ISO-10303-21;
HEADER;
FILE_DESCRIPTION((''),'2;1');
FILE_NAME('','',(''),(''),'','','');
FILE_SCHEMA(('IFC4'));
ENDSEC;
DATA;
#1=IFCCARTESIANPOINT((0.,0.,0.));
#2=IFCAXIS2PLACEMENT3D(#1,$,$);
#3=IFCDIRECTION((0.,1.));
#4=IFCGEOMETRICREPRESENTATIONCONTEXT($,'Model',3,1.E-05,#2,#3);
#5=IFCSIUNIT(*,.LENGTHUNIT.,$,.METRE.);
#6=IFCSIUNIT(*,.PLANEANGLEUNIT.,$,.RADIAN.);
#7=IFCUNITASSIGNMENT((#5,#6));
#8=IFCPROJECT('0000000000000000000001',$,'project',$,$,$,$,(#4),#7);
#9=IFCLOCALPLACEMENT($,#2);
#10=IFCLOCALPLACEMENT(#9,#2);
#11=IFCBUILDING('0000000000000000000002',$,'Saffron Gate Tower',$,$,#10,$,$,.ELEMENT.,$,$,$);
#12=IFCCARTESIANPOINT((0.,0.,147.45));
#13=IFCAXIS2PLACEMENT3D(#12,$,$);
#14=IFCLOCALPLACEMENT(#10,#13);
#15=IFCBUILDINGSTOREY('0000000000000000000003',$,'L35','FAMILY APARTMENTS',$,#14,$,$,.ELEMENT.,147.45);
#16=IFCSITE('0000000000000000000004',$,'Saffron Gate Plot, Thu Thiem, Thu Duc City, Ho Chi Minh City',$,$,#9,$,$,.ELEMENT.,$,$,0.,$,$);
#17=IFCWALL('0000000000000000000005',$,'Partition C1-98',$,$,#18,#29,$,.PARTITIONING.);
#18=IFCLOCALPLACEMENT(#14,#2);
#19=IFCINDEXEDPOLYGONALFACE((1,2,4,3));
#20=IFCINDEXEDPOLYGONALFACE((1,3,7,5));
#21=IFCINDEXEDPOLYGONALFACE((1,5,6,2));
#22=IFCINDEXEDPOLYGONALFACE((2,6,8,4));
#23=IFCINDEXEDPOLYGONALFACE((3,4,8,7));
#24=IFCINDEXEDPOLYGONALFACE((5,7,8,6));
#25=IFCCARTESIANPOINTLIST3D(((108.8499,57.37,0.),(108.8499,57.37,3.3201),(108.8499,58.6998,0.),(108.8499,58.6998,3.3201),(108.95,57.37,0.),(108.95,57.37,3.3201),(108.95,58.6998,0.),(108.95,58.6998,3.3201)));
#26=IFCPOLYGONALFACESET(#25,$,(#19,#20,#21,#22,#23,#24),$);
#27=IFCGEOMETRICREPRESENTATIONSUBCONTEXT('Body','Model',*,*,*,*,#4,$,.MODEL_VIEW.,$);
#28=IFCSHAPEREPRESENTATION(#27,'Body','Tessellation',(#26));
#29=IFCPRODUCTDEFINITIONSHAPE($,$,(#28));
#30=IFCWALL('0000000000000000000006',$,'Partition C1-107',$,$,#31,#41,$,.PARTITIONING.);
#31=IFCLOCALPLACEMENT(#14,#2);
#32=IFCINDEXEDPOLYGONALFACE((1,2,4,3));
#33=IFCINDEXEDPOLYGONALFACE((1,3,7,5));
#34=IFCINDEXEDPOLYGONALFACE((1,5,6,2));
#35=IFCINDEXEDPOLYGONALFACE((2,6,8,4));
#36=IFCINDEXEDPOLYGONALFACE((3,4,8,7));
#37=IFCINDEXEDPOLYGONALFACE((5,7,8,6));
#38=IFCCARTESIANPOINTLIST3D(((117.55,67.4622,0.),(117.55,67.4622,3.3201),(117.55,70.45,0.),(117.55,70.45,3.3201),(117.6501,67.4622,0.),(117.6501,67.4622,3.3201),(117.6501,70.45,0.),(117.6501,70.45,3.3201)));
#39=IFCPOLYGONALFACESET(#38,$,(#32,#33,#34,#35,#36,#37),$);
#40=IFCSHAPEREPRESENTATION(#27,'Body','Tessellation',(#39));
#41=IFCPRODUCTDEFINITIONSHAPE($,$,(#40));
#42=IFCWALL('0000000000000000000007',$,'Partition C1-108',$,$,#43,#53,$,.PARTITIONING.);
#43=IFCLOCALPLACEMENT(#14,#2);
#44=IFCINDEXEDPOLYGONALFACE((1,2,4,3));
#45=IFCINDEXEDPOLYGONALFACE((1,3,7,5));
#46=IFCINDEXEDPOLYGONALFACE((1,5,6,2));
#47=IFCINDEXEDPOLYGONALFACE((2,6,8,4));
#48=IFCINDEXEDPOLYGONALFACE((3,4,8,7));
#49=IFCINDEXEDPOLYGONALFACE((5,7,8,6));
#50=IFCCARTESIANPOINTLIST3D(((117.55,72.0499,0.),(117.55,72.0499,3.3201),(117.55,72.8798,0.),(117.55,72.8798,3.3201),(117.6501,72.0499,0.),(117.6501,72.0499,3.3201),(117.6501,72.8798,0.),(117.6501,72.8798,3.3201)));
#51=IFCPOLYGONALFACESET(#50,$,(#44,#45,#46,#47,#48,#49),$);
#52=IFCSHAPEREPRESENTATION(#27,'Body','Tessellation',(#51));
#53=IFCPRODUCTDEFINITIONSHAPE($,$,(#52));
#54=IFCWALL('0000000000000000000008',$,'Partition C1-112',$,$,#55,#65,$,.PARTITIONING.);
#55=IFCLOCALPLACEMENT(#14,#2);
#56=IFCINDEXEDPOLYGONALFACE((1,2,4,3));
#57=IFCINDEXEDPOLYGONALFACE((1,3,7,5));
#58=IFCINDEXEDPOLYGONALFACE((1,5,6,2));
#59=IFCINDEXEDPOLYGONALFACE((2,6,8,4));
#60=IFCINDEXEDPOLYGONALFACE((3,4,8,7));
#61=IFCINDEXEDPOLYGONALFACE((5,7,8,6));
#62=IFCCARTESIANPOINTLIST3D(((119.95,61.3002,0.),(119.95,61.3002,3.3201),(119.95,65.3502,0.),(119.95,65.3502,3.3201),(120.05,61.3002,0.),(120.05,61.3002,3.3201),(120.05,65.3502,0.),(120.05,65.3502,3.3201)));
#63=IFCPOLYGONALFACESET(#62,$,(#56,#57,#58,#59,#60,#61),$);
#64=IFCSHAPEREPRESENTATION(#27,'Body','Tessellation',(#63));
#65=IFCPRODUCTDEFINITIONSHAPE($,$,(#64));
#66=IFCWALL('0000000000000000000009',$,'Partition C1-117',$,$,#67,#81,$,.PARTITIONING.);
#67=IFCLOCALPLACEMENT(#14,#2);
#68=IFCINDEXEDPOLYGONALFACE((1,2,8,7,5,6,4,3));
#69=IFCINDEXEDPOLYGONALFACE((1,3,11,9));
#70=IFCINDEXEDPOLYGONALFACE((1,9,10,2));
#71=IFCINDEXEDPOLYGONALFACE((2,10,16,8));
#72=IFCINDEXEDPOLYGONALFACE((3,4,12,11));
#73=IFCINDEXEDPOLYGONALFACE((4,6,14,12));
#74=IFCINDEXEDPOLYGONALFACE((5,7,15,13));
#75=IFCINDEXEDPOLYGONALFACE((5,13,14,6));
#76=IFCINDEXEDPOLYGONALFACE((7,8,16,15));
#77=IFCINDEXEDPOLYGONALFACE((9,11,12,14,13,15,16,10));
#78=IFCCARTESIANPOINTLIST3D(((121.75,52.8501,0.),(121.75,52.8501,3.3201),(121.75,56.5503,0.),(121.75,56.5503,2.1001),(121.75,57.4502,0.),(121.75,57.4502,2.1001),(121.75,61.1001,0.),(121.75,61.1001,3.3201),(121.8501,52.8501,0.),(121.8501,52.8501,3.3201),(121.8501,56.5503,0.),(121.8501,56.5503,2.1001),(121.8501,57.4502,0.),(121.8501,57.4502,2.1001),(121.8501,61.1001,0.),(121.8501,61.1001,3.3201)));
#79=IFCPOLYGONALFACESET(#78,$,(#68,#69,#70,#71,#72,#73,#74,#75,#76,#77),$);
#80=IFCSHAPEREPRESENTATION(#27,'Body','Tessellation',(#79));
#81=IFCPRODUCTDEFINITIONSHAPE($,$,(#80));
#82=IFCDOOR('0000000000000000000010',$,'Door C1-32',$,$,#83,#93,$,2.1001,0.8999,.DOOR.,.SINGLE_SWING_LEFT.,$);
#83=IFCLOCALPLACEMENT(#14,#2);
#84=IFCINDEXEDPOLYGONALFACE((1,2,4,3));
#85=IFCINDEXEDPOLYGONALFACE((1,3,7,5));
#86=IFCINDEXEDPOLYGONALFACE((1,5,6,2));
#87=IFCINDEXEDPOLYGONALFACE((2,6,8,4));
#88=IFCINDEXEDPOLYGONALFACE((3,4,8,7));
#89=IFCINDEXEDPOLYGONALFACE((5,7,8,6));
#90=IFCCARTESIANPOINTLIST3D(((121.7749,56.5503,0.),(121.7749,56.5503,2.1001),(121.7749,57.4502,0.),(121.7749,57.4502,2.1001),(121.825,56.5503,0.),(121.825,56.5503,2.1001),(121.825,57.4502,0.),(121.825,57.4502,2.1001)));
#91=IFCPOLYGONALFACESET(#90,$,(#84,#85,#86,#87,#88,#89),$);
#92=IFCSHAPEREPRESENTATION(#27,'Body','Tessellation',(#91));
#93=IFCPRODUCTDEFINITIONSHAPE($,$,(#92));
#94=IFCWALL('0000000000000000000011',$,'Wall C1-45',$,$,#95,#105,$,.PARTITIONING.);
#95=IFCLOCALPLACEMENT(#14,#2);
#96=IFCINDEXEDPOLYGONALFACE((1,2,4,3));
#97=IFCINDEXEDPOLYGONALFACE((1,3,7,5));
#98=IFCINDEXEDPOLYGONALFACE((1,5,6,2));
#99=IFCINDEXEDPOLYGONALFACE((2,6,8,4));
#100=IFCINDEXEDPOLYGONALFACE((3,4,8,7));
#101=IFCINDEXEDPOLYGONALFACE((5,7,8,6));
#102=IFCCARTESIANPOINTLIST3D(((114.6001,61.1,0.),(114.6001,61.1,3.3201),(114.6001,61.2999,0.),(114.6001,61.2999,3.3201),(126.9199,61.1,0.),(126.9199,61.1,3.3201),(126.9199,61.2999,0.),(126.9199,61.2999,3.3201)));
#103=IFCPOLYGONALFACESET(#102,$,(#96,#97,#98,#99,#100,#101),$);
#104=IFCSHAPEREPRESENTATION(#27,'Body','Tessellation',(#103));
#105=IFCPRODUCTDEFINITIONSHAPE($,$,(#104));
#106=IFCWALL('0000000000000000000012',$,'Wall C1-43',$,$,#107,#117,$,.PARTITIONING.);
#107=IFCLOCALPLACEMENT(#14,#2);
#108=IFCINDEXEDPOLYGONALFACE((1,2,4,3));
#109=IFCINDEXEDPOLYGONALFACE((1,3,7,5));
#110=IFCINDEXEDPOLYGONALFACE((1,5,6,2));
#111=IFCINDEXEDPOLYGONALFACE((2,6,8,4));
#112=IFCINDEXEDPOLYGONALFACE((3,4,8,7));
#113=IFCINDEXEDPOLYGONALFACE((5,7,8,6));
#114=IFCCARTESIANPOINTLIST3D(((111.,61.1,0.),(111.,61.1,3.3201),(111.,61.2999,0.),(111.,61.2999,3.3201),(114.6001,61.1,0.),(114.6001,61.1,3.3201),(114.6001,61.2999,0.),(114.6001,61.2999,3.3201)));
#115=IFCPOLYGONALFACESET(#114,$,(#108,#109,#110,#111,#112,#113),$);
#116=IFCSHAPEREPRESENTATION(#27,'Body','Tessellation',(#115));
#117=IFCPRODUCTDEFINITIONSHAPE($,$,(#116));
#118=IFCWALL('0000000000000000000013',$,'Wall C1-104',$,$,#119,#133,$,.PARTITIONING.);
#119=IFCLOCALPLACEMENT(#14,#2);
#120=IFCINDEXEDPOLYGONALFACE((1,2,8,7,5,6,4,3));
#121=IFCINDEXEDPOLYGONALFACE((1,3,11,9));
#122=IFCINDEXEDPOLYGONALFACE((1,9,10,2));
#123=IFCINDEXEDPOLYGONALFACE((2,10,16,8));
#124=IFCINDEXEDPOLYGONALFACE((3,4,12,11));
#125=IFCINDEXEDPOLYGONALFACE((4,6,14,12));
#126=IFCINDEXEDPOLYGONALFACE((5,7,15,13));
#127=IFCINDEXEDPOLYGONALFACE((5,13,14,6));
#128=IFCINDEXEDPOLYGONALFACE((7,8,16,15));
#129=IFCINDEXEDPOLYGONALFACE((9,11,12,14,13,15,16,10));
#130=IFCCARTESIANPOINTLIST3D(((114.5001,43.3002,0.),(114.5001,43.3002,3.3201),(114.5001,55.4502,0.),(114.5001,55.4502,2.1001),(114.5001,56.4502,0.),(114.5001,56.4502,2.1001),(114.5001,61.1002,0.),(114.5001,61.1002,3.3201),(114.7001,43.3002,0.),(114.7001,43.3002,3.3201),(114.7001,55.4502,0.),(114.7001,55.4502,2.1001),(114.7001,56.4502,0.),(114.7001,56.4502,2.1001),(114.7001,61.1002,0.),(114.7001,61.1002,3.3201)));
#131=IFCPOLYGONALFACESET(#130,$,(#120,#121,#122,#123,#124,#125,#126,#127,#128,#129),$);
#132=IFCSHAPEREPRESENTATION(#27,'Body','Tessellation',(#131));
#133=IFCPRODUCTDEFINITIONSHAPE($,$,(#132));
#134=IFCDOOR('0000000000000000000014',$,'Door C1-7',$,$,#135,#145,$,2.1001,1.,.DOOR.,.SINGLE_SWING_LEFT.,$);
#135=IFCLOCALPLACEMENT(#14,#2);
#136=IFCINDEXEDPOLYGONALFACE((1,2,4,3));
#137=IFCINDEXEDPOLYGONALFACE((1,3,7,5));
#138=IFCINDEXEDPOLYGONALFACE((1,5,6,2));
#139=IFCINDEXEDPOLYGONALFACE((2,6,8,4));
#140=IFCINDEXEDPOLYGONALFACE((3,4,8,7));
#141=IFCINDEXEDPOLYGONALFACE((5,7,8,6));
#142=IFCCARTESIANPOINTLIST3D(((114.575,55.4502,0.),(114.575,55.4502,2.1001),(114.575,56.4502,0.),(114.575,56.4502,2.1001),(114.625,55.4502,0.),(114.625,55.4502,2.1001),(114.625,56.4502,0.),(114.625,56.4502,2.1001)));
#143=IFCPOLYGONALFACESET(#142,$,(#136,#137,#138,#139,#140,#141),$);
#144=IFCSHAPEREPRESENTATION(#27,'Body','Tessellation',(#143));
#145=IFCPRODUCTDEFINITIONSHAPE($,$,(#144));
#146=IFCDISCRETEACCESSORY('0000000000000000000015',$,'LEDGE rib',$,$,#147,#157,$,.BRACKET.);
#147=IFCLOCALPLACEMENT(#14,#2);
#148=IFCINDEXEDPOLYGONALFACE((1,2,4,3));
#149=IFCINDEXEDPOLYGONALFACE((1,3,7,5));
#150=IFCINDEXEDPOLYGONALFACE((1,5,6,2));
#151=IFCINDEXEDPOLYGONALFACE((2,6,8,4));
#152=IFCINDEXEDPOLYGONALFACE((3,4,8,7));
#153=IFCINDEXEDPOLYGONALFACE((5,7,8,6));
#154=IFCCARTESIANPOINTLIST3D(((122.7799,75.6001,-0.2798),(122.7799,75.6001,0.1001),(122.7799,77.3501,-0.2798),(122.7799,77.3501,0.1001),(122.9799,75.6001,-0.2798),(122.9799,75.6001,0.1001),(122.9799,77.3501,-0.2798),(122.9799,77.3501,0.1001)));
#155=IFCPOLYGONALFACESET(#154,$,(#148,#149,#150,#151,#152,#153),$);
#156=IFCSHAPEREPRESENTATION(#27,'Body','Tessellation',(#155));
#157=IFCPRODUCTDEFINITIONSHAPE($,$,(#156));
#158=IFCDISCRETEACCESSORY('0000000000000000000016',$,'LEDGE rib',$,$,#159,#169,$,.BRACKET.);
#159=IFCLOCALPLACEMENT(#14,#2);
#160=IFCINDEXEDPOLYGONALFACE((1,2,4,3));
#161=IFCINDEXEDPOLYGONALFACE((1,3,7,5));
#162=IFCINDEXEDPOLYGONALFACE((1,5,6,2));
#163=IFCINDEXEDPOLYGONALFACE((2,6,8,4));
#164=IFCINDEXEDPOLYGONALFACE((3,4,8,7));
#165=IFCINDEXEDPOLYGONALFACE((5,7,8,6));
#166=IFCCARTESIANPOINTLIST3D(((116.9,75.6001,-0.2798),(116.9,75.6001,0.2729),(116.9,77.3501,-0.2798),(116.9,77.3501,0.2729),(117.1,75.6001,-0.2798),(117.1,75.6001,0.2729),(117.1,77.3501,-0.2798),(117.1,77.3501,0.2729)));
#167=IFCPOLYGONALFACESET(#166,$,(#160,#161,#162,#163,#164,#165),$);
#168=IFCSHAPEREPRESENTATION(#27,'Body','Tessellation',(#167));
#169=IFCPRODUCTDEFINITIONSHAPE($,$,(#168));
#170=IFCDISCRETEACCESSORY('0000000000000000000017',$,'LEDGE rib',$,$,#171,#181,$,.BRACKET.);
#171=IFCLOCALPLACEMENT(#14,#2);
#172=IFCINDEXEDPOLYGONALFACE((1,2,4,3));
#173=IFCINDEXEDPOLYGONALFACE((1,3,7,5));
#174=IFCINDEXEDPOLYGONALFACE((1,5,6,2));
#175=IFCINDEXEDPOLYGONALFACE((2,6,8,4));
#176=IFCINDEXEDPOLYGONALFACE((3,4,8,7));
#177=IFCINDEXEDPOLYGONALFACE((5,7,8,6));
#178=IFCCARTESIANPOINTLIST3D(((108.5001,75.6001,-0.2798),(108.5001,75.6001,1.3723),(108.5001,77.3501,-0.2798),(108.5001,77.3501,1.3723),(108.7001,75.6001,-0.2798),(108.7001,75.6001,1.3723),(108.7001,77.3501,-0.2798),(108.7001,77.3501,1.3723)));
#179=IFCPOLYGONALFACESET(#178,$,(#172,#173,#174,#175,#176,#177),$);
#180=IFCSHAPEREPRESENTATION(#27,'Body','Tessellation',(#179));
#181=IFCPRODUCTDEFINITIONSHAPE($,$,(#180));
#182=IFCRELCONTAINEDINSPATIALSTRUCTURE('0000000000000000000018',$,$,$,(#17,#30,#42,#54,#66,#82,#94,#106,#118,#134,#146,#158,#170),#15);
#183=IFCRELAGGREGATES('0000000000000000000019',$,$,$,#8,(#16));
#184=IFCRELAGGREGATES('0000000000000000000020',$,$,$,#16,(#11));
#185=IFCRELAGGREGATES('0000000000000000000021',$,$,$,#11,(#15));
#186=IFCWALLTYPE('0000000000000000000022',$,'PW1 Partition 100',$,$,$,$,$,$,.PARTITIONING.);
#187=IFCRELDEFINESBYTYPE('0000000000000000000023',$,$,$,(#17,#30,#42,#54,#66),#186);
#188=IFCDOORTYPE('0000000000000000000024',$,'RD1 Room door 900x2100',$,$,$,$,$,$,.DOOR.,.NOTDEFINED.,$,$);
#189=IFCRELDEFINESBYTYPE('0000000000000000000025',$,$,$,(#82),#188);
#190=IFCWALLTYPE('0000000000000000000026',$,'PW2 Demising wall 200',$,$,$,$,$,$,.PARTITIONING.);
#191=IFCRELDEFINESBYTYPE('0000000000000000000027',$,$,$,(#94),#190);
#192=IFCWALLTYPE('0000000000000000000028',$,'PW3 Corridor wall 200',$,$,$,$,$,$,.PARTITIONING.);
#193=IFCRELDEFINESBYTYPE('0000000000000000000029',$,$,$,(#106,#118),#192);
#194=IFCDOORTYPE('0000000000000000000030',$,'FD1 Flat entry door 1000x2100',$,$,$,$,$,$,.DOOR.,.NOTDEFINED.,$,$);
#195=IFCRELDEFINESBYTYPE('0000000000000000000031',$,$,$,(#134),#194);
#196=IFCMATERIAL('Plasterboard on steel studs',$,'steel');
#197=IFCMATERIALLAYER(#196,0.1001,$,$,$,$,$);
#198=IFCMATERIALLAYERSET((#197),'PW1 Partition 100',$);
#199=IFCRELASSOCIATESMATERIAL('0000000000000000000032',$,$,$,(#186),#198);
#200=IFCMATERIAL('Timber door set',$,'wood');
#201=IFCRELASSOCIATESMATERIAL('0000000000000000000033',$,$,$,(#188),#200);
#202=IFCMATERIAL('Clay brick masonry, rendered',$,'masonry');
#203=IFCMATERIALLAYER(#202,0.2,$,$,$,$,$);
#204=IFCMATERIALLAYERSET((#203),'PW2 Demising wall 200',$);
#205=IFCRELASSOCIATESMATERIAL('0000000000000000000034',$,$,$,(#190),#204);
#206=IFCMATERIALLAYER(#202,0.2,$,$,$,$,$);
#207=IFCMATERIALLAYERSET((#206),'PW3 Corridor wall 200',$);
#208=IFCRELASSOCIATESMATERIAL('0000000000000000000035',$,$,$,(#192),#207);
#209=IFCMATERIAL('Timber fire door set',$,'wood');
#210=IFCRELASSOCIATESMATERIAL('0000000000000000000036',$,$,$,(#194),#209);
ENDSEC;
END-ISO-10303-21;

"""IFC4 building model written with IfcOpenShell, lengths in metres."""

from ifc_helpers import new_model, si_unit, direction, frame, frame_2d, origin, origin_2d, place, context, subcontext, project, spatial, rectangle, extrude, material, layer, layer_set, type_object, element, fill, save


model = new_model("IFC4")

# Units and contexts
model_context = context("Model", 3, precision=1e-05, world=origin(), true_north=direction((0.0, 1.0)))
body_context = subcontext(model_context, "Body", "Model", "MODEL_VIEW")
ifc_project = project(units=[si_unit("LENGTHUNIT", "METRE"), si_unit("PLANEANGLEUNIT", "RADIAN")], contexts=[model_context])

# Site, building, storey
site_placement = place(None, origin())
site = spatial("IfcSite", under=ifc_project, at=site_placement, Name="Saffron Gate Plot, Thu Thiem, Thu Duc City, Ho Chi Minh City", CompositionType="ELEMENT", RefElevation=0.0)
building_placement = place(site_placement, origin())
building = spatial("IfcBuilding", under=site, at=building_placement, Name="Saffron Gate Tower", CompositionType="ELEMENT")
storey_placement = place(building_placement, frame((0.0, 0.0, 147.45)))
storey = spatial("IfcBuildingStorey", under=building, at=storey_placement, Name="L35", Description="FAMILY APARTMENTS", CompositionType="ELEMENT", Elevation=147.45)

# Shared definitions
ifc_material_1 = material(Name="Plasterboard on steel studs", Category="steel")
ifc_layer_1 = layer(ifc_material_1, 0.1001)
ifc_layer_set_1 = layer_set([ifc_layer_1], Name="PW1 Partition 100")
wall_type_1 = type_object("IfcWallType", Name="PW1 Partition 100", PredefinedType="PARTITIONING", material=ifc_layer_set_1)

# Shared definitions
ifc_material_2 = material(Name="Timber door set", Category="wood")
door_type_1 = type_object("IfcDoorType", Name="RD1 Room door 900x2100", OperationType="NOTDEFINED", PredefinedType="DOOR", material=ifc_material_2)

# Walls
wall_1_placement = place(storey_placement, frame((108.8999, 58.7, 0.0), z_axis=(0.0, 0.0, 1.0), x_axis=(0.0, -1.0, 0.0)))
element("IfcWall", 1, at=wall_1_placement, inside=storey, type_object=wall_type_1, Name="Partition C1-98", PredefinedType="PARTITIONING", context=body_context, shape_type="SweptSolid", body=[
    extrude(rectangle(XDim=1.3298, YDim=0.1001, at=frame_2d((0.665, 0.0))), origin(), (0.0, 0.0, 1.0), 3.3201),
])
wall_2_placement = place(storey_placement, frame((117.6001, 70.45, 0.0), z_axis=(0.0, 0.0, 1.0), x_axis=(0.0, -1.0, 0.0)))
element("IfcWall", 2, at=wall_2_placement, inside=storey, type_object=wall_type_1, Name="Partition C1-107", PredefinedType="PARTITIONING", context=body_context, shape_type="SweptSolid", body=[
    extrude(rectangle(XDim=2.9878, YDim=0.1001, at=frame_2d((1.4939, 0.0))), origin(), (0.0, 0.0, 1.0), 3.3201),
])
wall_3_placement = place(storey_placement, frame((117.6001, 72.8799, 0.0), z_axis=(0.0, 0.0, 1.0), x_axis=(0.0, -1.0, 0.0)))
element("IfcWall", 3, at=wall_3_placement, inside=storey, type_object=wall_type_1, Name="Partition C1-108", PredefinedType="PARTITIONING", context=body_context, shape_type="SweptSolid", body=[
    extrude(rectangle(XDim=0.8298, YDim=0.1001, at=frame_2d((0.415, 0.0))), origin(), (0.0, 0.0, 1.0), 3.3201),
])
wall_4_placement = place(storey_placement, frame((120.0, 65.3501, 0.0), z_axis=(0.0, 0.0, 1.0), x_axis=(0.0, -1.0, 0.0)))
element("IfcWall", 4, at=wall_4_placement, inside=storey, type_object=wall_type_1, Name="Partition C1-112", PredefinedType="PARTITIONING", context=body_context, shape_type="SweptSolid", body=[
    extrude(rectangle(XDim=4.05, YDim=0.1001, at=frame_2d((2.0249, 0.0))), origin(), (0.0, 0.0, 1.0), 3.3201),
])

# Wall, opening, door
wall_5_placement = place(storey_placement, frame((121.8, 61.1001, 0.0), z_axis=(0.0, 0.0, 1.0), x_axis=(0.0, -1.0, 0.0)))
wall_5 = element("IfcWall", 5, at=wall_5_placement, inside=storey, type_object=wall_type_1, Name="Partition C1-117", PredefinedType="PARTITIONING", context=body_context, shape_type="SweptSolid", body=[
    extrude(rectangle(XDim=8.25, YDim=0.1001, at=frame_2d((4.125, 0.0))), origin(), (0.0, 0.0, 1.0), 3.3201),
])
opening_1_placement = place(wall_5_placement, frame((3.6499, 0.0, 0.0)))
opening_1 = element("IfcOpeningElement", 6, at=opening_1_placement, cuts=wall_5, PredefinedType="OPENING", context=body_context, shape_type="SweptSolid", body=[
    extrude(rectangle(XDim=0.8999, YDim=2.1001, at=frame_2d((0.45, 1.05))), frame((0.0, 0.0601, 0.0), z_axis=(0.0, -1.0, 0.0), x_axis=(1.0, 0.0, 0.0)), (0.0, 0.0, 1.0), 0.1201),
])
door_1_placement = place(opening_1_placement, origin())
door_1 = element("IfcDoor", 7, at=door_1_placement, inside=storey, type_object=door_type_1, Name="Door C1-32", OperationType="SINGLE_SWING_LEFT", OverallHeight=2.1001, OverallWidth=0.8999, PredefinedType="DOOR", context=body_context, shape_type="SweptSolid", body=[
    extrude(rectangle(XDim=0.8999, YDim=2.1001, at=frame_2d((0.45, 1.05))), frame((0.0, 0.0249, 0.0), z_axis=(0.0, -1.0, 0.0), x_axis=(1.0, 0.0, 0.0)), (0.0, 0.0, 1.0), 0.05),
])
fill(opening_1, door_1)

# Walls
ifc_material_3 = material(Name="Clay brick masonry, rendered", Category="masonry")
ifc_layer_2 = layer(ifc_material_3, 0.2)
ifc_layer_set_2 = layer_set([ifc_layer_2], Name="PW2 Demising wall 200")
wall_type_2 = type_object("IfcWallType", Name="PW2 Demising wall 200", PredefinedType="PARTITIONING", material=ifc_layer_set_2)
wall_6_placement = place(storey_placement, frame((114.6001, 61.2, 0.0), z_axis=(0.0, 0.0, 1.0), x_axis=(1.0, 0.0, 0.0)))
element("IfcWall", 8, at=wall_6_placement, inside=storey, type_object=wall_type_2, Name="Wall C1-45", PredefinedType="PARTITIONING", context=body_context, shape_type="SweptSolid", body=[
    extrude(rectangle(XDim=12.3198, YDim=0.2, at=frame_2d((6.1599, 0.0))), origin(), (0.0, 0.0, 1.0), 3.3201),
])
ifc_layer_3 = layer(ifc_material_3, 0.2)
ifc_layer_set_3 = layer_set([ifc_layer_3], Name="PW3 Corridor wall 200")
wall_type_3 = type_object("IfcWallType", Name="PW3 Corridor wall 200", PredefinedType="PARTITIONING", material=ifc_layer_set_3)
wall_7_placement = place(storey_placement, frame((111.0, 61.2, 0.0), z_axis=(0.0, 0.0, 1.0), x_axis=(1.0, 0.0, 0.0)))
element("IfcWall", 9, at=wall_7_placement, inside=storey, type_object=wall_type_3, Name="Wall C1-43", PredefinedType="PARTITIONING", context=body_context, shape_type="SweptSolid", body=[
    extrude(rectangle(XDim=3.6001, YDim=0.2, at=frame_2d((1.8, 0.0))), origin(), (0.0, 0.0, 1.0), 3.3201),
])

# Wall, opening, door
wall_8_placement = place(storey_placement, frame((114.6001, 61.1001, 0.0), z_axis=(0.0, 0.0, 1.0), x_axis=(0.0, -1.0, 0.0)))
wall_8 = element("IfcWall", 10, at=wall_8_placement, inside=storey, type_object=wall_type_3, Name="Wall C1-104", PredefinedType="PARTITIONING", context=body_context, shape_type="SweptSolid", body=[
    extrude(rectangle(XDim=17.8, YDim=0.2, at=frame_2d((8.8999, 0.0))), origin(), (0.0, 0.0, 1.0), 3.3201),
])
opening_2_placement = place(wall_8_placement, frame((4.6499, 0.0, 0.0)))
opening_2 = element("IfcOpeningElement", 11, at=opening_2_placement, cuts=wall_8, PredefinedType="OPENING", context=body_context, shape_type="SweptSolid", body=[
    extrude(rectangle(XDim=1.0, YDim=2.1001, at=frame_2d((0.5, 1.05))), frame((0.0, 0.1099, 0.0), z_axis=(0.0, -1.0, 0.0), x_axis=(1.0, 0.0, 0.0)), (0.0, 0.0, 1.0), 0.22),
])
ifc_material_4 = material(Name="Timber fire door set", Category="wood")
door_type_2 = type_object("IfcDoorType", Name="FD1 Flat entry door 1000x2100", OperationType="NOTDEFINED", PredefinedType="DOOR", material=ifc_material_4)
door_2_placement = place(opening_2_placement, origin())
door_2 = element("IfcDoor", 12, at=door_2_placement, inside=storey, type_object=door_type_2, Name="Door C1-7", OperationType="SINGLE_SWING_LEFT", OverallHeight=2.1001, OverallWidth=1.0, PredefinedType="DOOR", context=body_context, shape_type="SweptSolid", body=[
    extrude(rectangle(XDim=1.0, YDim=2.1001, at=frame_2d((0.5, 1.05))), frame((0.0, 0.0249, 0.0), z_axis=(0.0, -1.0, 0.0), x_axis=(1.0, 0.0, 0.0)), (0.0, 0.0, 1.0), 0.05),
])
fill(opening_2, door_2)

# Discrete accessories
discrete_accessory_1_placement = place(storey_placement, frame((122.8799, 76.4751, -0.2798), z_axis=(0.0, 0.0, 1.0), x_axis=(-1.0, 0.0, 0.0)))
element("IfcDiscreteAccessory", 13, at=discrete_accessory_1_placement, inside=storey, Name="LEDGE rib", PredefinedType="BRACKET", context=body_context, shape_type="SweptSolid", body=[
    extrude(rectangle(XDim=0.2, YDim=1.75, at=origin_2d()), origin(), (0.0, 0.0, 1.0), 0.3799),
])
discrete_accessory_2_placement = place(storey_placement, frame((117.0, 76.4751, -0.2798), z_axis=(0.0, 0.0, 1.0), x_axis=(-1.0, 0.0, 0.0)))
element("IfcDiscreteAccessory", 14, at=discrete_accessory_2_placement, inside=storey, Name="LEDGE rib", PredefinedType="BRACKET", context=body_context, shape_type="SweptSolid", body=[
    extrude(rectangle(XDim=0.2, YDim=1.75, at=origin_2d()), origin(), (0.0, 0.0, 1.0), 0.5527),
])
discrete_accessory_3_placement = place(storey_placement, frame((108.6001, 76.4751, -0.2798), z_axis=(0.0, 0.0, 1.0), x_axis=(-1.0, 0.0, 0.0)))
element("IfcDiscreteAccessory", 15, at=discrete_accessory_3_placement, inside=storey, Name="LEDGE rib", PredefinedType="BRACKET", context=body_context, shape_type="SweptSolid", body=[
    extrude(rectangle(XDim=0.2, YDim=1.75, at=origin_2d()), origin(), (0.0, 0.0, 1.0), 1.6521),
])

save(model, "model.ifc")
